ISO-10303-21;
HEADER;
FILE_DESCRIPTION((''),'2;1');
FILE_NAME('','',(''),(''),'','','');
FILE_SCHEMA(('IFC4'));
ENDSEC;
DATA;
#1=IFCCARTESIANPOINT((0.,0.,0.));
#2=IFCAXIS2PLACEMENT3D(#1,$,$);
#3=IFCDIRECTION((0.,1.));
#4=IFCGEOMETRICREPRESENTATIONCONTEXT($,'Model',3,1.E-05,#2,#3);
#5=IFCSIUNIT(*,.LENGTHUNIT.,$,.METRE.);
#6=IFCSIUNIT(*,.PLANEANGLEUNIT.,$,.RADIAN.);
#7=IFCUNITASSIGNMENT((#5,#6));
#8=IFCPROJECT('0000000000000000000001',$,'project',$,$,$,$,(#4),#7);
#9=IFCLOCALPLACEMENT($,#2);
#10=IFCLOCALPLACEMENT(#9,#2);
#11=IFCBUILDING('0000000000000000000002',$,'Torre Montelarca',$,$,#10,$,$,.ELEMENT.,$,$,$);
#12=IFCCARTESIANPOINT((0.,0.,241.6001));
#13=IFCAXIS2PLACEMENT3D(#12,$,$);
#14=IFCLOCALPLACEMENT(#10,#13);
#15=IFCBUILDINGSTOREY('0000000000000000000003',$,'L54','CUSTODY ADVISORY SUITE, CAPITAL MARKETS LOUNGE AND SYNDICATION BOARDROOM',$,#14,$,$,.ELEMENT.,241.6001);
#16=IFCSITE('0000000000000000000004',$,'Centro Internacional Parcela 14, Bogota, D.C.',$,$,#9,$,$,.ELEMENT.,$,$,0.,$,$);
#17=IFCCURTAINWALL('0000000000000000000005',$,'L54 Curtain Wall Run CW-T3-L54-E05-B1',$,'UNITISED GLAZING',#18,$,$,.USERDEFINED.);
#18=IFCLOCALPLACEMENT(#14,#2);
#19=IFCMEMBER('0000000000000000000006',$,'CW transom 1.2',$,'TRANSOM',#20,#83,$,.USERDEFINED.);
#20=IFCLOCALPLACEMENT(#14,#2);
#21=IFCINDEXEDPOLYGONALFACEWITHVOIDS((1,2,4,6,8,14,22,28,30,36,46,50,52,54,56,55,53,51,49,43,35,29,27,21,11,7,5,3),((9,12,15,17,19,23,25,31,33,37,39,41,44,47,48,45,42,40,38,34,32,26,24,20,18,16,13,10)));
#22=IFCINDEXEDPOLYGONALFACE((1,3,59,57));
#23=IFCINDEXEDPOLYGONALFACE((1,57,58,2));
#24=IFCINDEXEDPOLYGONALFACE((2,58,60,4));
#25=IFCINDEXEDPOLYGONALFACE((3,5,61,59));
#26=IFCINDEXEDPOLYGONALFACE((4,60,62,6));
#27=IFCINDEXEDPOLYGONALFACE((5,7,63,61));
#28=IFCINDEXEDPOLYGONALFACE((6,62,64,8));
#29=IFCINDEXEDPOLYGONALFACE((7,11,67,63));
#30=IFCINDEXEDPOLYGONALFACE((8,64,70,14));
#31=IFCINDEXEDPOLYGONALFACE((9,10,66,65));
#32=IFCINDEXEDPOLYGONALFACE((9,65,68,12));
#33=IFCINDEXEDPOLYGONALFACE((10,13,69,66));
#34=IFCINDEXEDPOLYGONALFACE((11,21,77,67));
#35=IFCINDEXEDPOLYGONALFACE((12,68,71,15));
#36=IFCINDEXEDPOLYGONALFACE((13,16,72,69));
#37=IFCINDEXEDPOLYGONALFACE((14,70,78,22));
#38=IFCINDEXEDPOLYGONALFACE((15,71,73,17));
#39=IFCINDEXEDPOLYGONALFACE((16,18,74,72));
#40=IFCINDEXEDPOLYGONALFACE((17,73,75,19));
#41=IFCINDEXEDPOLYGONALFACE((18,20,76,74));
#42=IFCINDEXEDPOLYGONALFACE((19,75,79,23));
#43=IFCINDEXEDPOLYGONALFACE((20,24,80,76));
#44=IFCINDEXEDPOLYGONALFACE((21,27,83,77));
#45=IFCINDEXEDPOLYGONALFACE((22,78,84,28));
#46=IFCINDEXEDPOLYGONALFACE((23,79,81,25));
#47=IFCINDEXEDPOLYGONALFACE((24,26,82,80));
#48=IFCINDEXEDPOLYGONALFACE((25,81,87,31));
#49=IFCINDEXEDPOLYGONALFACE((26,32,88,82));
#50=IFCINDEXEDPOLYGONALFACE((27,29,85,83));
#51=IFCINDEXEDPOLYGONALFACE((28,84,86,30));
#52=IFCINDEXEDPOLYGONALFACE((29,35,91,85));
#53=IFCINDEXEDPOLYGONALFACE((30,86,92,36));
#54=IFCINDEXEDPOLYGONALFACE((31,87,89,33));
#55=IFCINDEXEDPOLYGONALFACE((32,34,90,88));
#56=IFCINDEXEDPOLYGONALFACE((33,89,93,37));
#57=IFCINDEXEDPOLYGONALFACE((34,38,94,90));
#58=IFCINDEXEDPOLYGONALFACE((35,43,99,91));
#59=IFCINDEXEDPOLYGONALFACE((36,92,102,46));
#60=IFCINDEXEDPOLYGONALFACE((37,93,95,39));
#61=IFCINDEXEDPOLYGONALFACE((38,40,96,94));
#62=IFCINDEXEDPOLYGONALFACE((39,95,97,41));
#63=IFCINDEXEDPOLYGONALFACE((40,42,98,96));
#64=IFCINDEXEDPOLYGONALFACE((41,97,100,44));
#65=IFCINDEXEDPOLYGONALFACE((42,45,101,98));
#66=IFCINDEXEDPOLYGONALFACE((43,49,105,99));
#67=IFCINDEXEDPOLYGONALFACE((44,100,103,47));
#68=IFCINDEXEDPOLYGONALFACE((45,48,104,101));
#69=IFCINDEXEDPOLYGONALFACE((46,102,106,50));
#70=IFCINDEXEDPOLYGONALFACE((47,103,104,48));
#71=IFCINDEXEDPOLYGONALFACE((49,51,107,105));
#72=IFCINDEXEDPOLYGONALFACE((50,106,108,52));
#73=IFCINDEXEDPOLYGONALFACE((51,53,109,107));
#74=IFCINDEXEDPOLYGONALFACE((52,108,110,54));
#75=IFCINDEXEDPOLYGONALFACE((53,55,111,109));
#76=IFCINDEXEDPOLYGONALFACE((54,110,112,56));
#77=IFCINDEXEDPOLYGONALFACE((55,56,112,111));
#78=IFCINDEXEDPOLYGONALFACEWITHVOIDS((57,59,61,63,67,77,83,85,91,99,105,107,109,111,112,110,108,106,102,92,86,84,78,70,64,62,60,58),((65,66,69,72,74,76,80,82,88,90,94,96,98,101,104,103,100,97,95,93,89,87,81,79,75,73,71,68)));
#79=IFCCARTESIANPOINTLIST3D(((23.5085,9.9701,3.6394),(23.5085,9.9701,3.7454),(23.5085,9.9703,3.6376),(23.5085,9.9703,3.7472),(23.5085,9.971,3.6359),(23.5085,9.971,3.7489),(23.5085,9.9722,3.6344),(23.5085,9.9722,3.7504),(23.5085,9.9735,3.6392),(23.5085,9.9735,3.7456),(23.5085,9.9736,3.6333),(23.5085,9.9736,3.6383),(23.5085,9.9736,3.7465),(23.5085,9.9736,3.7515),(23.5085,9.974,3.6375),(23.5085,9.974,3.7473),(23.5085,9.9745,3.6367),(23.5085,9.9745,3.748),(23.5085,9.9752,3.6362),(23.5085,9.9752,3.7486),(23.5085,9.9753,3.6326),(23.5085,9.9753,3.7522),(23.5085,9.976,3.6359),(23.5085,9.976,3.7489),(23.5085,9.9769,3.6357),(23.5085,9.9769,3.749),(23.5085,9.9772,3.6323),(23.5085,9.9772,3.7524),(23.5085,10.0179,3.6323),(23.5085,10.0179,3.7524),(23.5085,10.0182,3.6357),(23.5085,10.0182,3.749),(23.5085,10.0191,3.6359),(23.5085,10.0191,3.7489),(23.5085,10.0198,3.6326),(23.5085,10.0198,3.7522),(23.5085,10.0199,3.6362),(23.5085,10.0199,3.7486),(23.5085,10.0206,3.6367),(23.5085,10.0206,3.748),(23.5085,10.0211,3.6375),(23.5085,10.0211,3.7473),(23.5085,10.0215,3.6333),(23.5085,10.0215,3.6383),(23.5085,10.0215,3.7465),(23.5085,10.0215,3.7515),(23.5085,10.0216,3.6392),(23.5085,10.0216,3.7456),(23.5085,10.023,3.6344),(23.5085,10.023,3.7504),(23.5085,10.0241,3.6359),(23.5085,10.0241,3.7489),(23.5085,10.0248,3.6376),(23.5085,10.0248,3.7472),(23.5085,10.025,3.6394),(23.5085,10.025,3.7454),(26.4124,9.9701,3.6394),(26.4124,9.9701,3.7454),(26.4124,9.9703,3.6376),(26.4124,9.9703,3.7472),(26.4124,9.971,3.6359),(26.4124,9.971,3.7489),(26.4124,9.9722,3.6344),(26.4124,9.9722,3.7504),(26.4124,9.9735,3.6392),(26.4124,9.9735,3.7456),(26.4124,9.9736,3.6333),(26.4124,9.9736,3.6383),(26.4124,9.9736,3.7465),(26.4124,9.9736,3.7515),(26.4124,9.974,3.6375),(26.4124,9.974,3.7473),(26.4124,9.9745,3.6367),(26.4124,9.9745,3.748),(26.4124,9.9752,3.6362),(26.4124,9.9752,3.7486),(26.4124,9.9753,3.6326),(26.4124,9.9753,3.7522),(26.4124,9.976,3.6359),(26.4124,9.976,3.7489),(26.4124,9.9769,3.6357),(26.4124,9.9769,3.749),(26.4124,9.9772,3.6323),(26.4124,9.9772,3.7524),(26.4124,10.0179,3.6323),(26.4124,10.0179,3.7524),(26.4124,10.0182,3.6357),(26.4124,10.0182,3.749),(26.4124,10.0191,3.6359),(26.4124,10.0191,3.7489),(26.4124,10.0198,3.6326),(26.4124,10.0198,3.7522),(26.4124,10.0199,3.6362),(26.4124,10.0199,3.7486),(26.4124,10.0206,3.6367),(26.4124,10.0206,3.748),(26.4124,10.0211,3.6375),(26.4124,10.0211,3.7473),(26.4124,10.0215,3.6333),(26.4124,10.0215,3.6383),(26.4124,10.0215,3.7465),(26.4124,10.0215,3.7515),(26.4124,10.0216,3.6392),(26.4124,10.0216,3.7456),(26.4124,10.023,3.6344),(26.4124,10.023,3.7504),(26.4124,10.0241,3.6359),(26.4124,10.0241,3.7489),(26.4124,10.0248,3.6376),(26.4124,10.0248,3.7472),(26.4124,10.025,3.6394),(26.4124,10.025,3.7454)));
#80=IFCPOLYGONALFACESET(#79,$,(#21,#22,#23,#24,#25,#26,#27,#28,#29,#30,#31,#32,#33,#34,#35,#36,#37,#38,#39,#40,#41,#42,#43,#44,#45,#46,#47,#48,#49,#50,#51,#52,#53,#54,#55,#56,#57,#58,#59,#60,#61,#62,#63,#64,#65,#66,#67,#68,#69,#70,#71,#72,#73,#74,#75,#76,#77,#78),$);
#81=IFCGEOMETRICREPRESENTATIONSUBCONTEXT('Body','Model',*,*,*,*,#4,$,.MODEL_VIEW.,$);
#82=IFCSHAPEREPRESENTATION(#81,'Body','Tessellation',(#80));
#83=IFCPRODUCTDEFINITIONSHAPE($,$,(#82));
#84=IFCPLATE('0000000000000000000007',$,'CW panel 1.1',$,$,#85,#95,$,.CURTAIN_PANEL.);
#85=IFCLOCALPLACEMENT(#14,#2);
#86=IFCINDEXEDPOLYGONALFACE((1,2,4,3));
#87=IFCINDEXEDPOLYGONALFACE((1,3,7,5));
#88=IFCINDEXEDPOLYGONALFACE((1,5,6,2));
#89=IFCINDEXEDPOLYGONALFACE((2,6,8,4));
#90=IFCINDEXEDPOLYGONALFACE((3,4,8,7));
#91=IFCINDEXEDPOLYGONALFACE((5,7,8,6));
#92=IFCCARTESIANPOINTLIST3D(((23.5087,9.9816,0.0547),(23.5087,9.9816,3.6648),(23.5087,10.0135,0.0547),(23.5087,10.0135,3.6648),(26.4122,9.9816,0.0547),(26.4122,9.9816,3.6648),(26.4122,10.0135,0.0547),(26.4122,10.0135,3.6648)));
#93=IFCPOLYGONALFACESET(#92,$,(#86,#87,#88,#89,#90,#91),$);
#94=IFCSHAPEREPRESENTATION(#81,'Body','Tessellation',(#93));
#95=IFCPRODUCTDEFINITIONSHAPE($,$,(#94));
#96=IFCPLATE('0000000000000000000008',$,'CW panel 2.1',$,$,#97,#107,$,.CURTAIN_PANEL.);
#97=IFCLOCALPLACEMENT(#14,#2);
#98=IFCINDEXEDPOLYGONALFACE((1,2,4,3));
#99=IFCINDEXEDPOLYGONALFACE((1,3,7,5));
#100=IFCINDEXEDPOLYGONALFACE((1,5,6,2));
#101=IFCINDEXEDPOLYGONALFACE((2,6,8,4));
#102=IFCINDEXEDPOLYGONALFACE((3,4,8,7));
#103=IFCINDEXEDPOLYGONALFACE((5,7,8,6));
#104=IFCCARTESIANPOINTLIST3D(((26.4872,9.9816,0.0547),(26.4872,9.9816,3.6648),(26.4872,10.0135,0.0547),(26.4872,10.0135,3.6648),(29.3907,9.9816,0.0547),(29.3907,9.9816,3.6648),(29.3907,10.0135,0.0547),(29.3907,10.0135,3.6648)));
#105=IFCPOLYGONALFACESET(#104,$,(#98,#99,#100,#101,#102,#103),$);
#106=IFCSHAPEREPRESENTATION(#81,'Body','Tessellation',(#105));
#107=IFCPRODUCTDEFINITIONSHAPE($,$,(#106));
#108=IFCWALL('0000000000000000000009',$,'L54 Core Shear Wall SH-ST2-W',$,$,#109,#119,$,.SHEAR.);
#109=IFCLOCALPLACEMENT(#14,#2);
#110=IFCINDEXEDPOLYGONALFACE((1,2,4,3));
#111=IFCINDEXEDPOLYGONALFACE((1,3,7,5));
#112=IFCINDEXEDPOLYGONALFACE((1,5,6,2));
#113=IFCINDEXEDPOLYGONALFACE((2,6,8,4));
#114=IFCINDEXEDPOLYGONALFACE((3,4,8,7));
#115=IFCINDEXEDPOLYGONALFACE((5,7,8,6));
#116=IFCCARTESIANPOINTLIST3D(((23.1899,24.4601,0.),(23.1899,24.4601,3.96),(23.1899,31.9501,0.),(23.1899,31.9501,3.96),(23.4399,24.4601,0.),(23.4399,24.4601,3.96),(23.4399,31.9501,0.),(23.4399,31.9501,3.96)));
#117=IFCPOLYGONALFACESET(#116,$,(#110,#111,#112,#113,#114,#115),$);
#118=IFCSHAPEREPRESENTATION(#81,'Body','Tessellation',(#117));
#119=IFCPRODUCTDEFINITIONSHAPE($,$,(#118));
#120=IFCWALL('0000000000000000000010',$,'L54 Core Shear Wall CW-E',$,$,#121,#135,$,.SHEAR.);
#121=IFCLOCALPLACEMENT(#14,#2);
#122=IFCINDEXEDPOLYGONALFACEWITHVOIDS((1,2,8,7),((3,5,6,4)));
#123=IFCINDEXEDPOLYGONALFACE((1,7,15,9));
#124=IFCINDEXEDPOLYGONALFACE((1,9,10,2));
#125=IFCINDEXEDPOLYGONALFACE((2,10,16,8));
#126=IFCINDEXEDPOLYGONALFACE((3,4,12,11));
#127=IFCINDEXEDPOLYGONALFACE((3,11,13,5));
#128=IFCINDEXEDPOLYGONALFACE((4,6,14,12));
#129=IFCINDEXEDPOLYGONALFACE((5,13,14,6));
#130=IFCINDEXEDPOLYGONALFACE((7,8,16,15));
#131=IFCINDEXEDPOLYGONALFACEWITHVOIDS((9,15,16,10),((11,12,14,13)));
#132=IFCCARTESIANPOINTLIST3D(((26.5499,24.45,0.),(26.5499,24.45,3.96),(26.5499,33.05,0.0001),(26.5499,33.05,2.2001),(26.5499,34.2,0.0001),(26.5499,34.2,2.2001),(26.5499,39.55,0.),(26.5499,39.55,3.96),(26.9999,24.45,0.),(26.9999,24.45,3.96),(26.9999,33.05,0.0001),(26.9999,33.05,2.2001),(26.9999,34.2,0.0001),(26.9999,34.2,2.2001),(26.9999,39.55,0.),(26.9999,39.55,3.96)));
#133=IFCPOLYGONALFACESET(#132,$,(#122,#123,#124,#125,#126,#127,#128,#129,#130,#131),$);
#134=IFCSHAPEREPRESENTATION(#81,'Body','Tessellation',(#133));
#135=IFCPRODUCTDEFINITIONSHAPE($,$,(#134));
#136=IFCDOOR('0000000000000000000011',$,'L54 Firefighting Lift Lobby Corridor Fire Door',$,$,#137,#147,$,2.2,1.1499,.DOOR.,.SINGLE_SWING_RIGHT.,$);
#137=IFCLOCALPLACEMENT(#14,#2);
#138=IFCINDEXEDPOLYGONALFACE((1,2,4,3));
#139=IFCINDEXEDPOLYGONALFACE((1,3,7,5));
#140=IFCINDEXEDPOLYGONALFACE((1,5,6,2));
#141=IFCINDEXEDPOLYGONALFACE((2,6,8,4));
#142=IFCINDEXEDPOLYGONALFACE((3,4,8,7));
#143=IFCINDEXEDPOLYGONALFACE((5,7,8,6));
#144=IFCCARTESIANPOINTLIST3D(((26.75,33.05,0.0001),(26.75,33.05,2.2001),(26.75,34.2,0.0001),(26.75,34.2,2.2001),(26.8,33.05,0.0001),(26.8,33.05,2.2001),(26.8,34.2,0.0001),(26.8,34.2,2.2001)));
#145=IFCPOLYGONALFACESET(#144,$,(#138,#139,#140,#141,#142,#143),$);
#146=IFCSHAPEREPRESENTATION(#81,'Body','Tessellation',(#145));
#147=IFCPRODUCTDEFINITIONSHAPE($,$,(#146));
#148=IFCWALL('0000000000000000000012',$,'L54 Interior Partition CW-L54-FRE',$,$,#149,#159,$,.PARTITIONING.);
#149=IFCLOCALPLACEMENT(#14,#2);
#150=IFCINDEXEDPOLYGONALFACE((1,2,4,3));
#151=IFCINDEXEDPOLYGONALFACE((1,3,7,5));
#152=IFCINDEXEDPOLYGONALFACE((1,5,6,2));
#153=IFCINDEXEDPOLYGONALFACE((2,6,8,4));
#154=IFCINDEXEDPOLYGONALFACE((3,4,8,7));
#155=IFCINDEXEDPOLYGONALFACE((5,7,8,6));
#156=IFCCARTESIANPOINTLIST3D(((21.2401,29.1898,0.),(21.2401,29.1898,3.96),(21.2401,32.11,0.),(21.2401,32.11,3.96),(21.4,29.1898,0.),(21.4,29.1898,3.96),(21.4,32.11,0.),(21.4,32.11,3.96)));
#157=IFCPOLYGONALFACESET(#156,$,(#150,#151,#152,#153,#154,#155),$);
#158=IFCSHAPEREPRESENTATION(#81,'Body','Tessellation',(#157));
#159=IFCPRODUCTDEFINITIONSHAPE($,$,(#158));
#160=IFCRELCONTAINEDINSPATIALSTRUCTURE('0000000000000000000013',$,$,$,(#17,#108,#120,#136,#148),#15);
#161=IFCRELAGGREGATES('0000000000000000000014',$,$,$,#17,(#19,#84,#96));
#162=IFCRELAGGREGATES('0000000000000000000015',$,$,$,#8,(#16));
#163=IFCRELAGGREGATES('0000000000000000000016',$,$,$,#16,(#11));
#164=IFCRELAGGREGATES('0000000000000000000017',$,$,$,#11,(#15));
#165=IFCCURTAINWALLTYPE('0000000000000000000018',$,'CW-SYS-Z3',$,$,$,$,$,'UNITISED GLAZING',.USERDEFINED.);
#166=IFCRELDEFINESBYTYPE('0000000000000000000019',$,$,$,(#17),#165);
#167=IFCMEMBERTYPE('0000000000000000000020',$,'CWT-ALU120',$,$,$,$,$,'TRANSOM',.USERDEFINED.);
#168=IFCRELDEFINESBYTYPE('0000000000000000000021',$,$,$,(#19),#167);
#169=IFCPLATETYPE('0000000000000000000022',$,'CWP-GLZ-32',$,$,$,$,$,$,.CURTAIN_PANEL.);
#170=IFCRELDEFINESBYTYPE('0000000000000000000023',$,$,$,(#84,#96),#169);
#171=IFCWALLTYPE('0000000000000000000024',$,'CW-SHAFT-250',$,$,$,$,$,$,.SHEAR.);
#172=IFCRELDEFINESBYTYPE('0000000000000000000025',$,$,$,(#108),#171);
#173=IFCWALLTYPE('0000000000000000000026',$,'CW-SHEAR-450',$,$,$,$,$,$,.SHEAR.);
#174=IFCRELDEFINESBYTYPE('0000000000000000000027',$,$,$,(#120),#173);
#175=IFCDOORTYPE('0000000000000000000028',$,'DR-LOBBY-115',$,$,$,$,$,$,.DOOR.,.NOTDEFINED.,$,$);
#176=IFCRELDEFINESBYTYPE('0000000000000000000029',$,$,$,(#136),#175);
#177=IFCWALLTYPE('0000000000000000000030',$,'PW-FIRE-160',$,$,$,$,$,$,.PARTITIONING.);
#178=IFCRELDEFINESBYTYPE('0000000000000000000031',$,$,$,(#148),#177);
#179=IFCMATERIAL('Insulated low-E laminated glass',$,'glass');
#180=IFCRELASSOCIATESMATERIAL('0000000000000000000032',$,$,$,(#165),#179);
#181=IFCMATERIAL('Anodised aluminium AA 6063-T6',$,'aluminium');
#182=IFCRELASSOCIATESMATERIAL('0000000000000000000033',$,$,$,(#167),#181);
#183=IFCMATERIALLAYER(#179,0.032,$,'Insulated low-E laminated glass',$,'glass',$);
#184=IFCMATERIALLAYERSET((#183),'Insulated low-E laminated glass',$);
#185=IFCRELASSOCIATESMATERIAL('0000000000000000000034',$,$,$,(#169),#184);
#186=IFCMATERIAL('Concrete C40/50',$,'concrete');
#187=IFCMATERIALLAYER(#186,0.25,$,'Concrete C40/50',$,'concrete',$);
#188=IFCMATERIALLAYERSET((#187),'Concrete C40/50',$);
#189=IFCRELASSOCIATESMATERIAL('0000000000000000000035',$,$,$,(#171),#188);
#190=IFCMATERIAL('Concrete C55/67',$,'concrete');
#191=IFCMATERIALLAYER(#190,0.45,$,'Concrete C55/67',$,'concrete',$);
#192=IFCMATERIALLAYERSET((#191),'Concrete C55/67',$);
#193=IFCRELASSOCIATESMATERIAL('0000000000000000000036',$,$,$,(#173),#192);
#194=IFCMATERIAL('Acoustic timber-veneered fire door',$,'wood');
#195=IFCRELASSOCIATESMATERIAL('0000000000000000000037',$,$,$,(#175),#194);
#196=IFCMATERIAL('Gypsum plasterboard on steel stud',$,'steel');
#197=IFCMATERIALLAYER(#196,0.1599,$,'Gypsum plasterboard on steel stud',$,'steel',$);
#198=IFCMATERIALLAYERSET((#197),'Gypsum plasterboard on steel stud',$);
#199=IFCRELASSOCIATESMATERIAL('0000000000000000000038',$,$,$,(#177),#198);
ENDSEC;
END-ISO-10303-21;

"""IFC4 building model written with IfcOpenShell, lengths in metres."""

from ifc_helpers import new_model, si_unit, direction, frame, frame_2d, origin, origin_2d, place, context, subcontext, project, spatial, rectangle, hollow_rectangle, extrude, source, transform, mapped, material, layer, layer_set, material_profile, profile_set, type_object, element, fill, aggregate, save


model = new_model("IFC4")

# Units and contexts
model_context = context("Model", 3, precision=1e-05, world=origin(), true_north=direction((0.0, 1.0)))
body_context = subcontext(model_context, "Body", "Model", "MODEL_VIEW")
ifc_project = project(units=[si_unit("LENGTHUNIT", "METRE"), si_unit("PLANEANGLEUNIT", "RADIAN")], contexts=[model_context])

# Site, building, storey
site_placement = place(None, origin())
site = spatial("IfcSite", under=ifc_project, at=site_placement, Name="Centro Internacional Parcela 14, Bogota, D.C.", CompositionType="ELEMENT", RefElevation=0.0)
building_placement = place(site_placement, origin())
building = spatial("IfcBuilding", under=site, at=building_placement, Name="Torre Montelarca", CompositionType="ELEMENT")
storey_placement = place(building_placement, frame((0.0, 0.0, 241.6001)))
storey = spatial("IfcBuildingStorey", under=building, at=storey_placement, Name="L54", Description="CUSTODY ADVISORY SUITE, CAPITAL MARKETS LOUNGE AND SYNDICATION BOARDROOM", CompositionType="ELEMENT", Elevation=241.6001)

# Shared definitions
ifc_material_1 = material(Name="Concrete C55/67", Category="concrete")

# Curtain wall
ifc_material_2 = material(Name="Insulated low-E laminated glass", Category="glass")
curtain_wall_type = type_object("IfcCurtainWallType", Name="CW-SYS-Z3", ElementType="UNITISED GLAZING", PredefinedType="USERDEFINED", material=ifc_material_2)
curtain_wall_1_placement = place(storey_placement, origin())
curtain_wall_1 = element("IfcCurtainWall", 1, at=curtain_wall_1_placement, inside=storey, type_object=curtain_wall_type, Name="L54 Curtain Wall Run CW-T3-L54-E05-B1", ObjectType="UNITISED GLAZING", PredefinedType="USERDEFINED")
ifc_material_3 = material(Name="Anodised aluminium AA 6063-T6", Category="aluminium")
ifc_material_profile_1 = material_profile(ifc_material_3, hollow_rectangle(XDim=0.0549, YDim=0.1201, WallThickness=0.0034, InnerFilletRadius=0.0034, OuterFilletRadius=0.0071, at=origin_2d()), Name="ALU55X120X3.5", Category="aluminium")
ifc_profile_set_1 = profile_set([ifc_material_profile_1], Name="Anodised aluminium AA 6063-T6")
member_type_1 = type_object("IfcMemberType", Name="CWT-ALU120", ElementType="TRANSOM", PredefinedType="USERDEFINED", material=ifc_profile_set_1)

# Member
shared_shape_1 = source(origin(), body_context, "Body", "SweptSolid", [
    extrude(hollow_rectangle(XDim=0.0549, YDim=0.1201, WallThickness=0.0034, InnerFilletRadius=0.0034, OuterFilletRadius=0.0071, at=origin_2d()), origin(), (0.0, 0.0, 1.0), 2.9038),
])
member_1_placement = place(storey_placement, frame((23.5085, 9.9976, 3.6924), z_axis=(1.0, 0.0, 0.0), x_axis=(0.0, 1.0, 0.0)))
member_1 = element("IfcMember", 2, at=member_1_placement, type_object=member_type_1, Name="CW transom 1.2", ObjectType="TRANSOM", PredefinedType="USERDEFINED", context=body_context, shape_type="MappedRepresentation", body=[
    mapped(shared_shape_1, transform((0.0, 0.0, 0.0), scale=1.0)),
])

# Plates
ifc_layer_1 = layer(ifc_material_2, 0.032, Name="Insulated low-E laminated glass", Category="glass")
ifc_layer_set_1 = layer_set([ifc_layer_1], Name="Insulated low-E laminated glass")
plate_type = type_object("IfcPlateType", Name="CWP-GLZ-32", PredefinedType="CURTAIN_PANEL", material=ifc_layer_set_1)
shared_shape_2 = source(origin(), body_context, "Body", "SweptSolid", [
    extrude(rectangle(XDim=2.9036, YDim=0.032, at=origin_2d()), origin(), (0.0, 0.0, 1.0), 3.6101),
])
plate_1_placement = place(storey_placement, frame((24.9604, 9.9976, 0.0547), z_axis=(0.0, 0.0, 1.0), x_axis=(1.0, 0.0, 0.0)))
plate_1 = element("IfcPlate", 3, at=plate_1_placement, type_object=plate_type, Name="CW panel 1.1", PredefinedType="CURTAIN_PANEL", context=body_context, shape_type="MappedRepresentation", body=[
    mapped(shared_shape_2, transform((0.0, 0.0, 0.0), scale=1.0)),
])
plate_2_placement = place(storey_placement, frame((27.939, 9.9976, 0.0547), z_axis=(0.0, 0.0, 1.0), x_axis=(1.0, 0.0, 0.0)))
plate_2 = element("IfcPlate", 4, at=plate_2_placement, type_object=plate_type, Name="CW panel 2.1", PredefinedType="CURTAIN_PANEL", context=body_context, shape_type="MappedRepresentation", body=[
    mapped(shared_shape_2, transform((0.0, 0.0, 0.0), scale=1.0)),
])
aggregate(curtain_wall_1, [member_1, plate_1, plate_2])

# Wall
ifc_material_4 = material(Name="Concrete C40/50", Category="concrete")
ifc_layer_2 = layer(ifc_material_4, 0.25, Name="Concrete C40/50", Category="concrete")
ifc_layer_set_2 = layer_set([ifc_layer_2], Name="Concrete C40/50")
wall_type_1 = type_object("IfcWallType", Name="CW-SHAFT-250", PredefinedType="SHEAR", material=ifc_layer_set_2)
wall_1_placement = place(storey_placement, frame((23.3149, 24.46, 0.0), z_axis=(0.0, 0.0, 1.0), x_axis=(0.0, 1.0, 0.0)))
element("IfcWall", 5, at=wall_1_placement, inside=storey, type_object=wall_type_1, Name="L54 Core Shear Wall SH-ST2-W", PredefinedType="SHEAR", context=body_context, shape_type="SweptSolid", body=[
    extrude(rectangle(XDim=7.49, YDim=0.25, at=frame_2d((3.7451, 0.0))), origin(), (0.0, 0.0, 1.0), 3.96),
])

# Wall, opening, door
ifc_layer_3 = layer(ifc_material_1, 0.45, Name="Concrete C55/67", Category="concrete")
ifc_layer_set_3 = layer_set([ifc_layer_3], Name="Concrete C55/67")
wall_type_2 = type_object("IfcWallType", Name="CW-SHEAR-450", PredefinedType="SHEAR", material=ifc_layer_set_3)
wall_2_placement = place(storey_placement, frame((26.7749, 24.45, 0.0), z_axis=(0.0, 0.0, 1.0), x_axis=(0.0, 1.0, 0.0)))
wall_2 = element("IfcWall", 6, at=wall_2_placement, inside=storey, type_object=wall_type_2, Name="L54 Core Shear Wall CW-E", PredefinedType="SHEAR", context=body_context, shape_type="SweptSolid", body=[
    extrude(rectangle(XDim=15.1001, YDim=0.45, at=frame_2d((7.55, 0.0))), origin(), (0.0, 0.0, 1.0), 3.96),
])
opening_1_placement = place(wall_2_placement, frame((8.6001, 0.0, 0.0)))
opening_1 = element("IfcOpeningElement", 7, at=opening_1_placement, cuts=wall_2, PredefinedType="OPENING", context=body_context, shape_type="SweptSolid", body=[
    extrude(rectangle(XDim=1.1499, YDim=2.2, at=frame_2d((0.575, 1.1001))), frame((0.0, 0.2349, 0.0), z_axis=(0.0, -1.0, 0.0), x_axis=(1.0, 0.0, 0.0)), (0.0, 0.0, 1.0), 0.47),
])
ifc_material_5 = material(Name="Acoustic timber-veneered fire door", Category="wood")
door_type_1 = type_object("IfcDoorType", Name="DR-LOBBY-115", OperationType="NOTDEFINED", PredefinedType="DOOR", material=ifc_material_5)
shared_shape_3 = source(origin(), body_context, "Body", "SweptSolid", [
    extrude(rectangle(XDim=1.1499, YDim=2.2, at=frame_2d((0.575, 1.1001))), frame((0.0, 0.0249, 0.0), z_axis=(0.0, -1.0, 0.0), x_axis=(1.0, 0.0, 0.0)), (0.0, 0.0, 1.0), 0.05),
])
door_1_placement = place(opening_1_placement, origin())
door_1 = element("IfcDoor", 8, at=door_1_placement, inside=storey, type_object=door_type_1, Name="L54 Firefighting Lift Lobby Corridor Fire Door", OperationType="SINGLE_SWING_RIGHT", OverallHeight=2.2, OverallWidth=1.1499, PredefinedType="DOOR", context=body_context, shape_type="MappedRepresentation", body=[
    mapped(shared_shape_3, transform((0.0, 0.0, 0.0), scale=1.0)),
])
fill(opening_1, door_1)

# Wall
ifc_material_6 = material(Name="Gypsum plasterboard on steel stud", Category="steel")
ifc_layer_4 = layer(ifc_material_6, 0.1599, Name="Gypsum plasterboard on steel stud", Category="steel")
ifc_layer_set_4 = layer_set([ifc_layer_4], Name="Gypsum plasterboard on steel stud")
wall_type_3 = type_object("IfcWallType", Name="PW-FIRE-160", PredefinedType="PARTITIONING", material=ifc_layer_set_4)
wall_3_placement = place(storey_placement, frame((21.3201, 29.1899, 0.0), z_axis=(0.0, 0.0, 1.0), x_axis=(0.0, 1.0, 0.0)))
element("IfcWall", 9, at=wall_3_placement, inside=storey, type_object=wall_type_3, Name="L54 Interior Partition CW-L54-FRE", PredefinedType="PARTITIONING", context=body_context, shape_type="SweptSolid", body=[
    extrude(rectangle(XDim=2.9202, YDim=0.1599, at=frame_2d((1.46, 0.0))), origin(), (0.0, 0.0, 1.0), 3.96),
])

save(model, "model.ifc")
